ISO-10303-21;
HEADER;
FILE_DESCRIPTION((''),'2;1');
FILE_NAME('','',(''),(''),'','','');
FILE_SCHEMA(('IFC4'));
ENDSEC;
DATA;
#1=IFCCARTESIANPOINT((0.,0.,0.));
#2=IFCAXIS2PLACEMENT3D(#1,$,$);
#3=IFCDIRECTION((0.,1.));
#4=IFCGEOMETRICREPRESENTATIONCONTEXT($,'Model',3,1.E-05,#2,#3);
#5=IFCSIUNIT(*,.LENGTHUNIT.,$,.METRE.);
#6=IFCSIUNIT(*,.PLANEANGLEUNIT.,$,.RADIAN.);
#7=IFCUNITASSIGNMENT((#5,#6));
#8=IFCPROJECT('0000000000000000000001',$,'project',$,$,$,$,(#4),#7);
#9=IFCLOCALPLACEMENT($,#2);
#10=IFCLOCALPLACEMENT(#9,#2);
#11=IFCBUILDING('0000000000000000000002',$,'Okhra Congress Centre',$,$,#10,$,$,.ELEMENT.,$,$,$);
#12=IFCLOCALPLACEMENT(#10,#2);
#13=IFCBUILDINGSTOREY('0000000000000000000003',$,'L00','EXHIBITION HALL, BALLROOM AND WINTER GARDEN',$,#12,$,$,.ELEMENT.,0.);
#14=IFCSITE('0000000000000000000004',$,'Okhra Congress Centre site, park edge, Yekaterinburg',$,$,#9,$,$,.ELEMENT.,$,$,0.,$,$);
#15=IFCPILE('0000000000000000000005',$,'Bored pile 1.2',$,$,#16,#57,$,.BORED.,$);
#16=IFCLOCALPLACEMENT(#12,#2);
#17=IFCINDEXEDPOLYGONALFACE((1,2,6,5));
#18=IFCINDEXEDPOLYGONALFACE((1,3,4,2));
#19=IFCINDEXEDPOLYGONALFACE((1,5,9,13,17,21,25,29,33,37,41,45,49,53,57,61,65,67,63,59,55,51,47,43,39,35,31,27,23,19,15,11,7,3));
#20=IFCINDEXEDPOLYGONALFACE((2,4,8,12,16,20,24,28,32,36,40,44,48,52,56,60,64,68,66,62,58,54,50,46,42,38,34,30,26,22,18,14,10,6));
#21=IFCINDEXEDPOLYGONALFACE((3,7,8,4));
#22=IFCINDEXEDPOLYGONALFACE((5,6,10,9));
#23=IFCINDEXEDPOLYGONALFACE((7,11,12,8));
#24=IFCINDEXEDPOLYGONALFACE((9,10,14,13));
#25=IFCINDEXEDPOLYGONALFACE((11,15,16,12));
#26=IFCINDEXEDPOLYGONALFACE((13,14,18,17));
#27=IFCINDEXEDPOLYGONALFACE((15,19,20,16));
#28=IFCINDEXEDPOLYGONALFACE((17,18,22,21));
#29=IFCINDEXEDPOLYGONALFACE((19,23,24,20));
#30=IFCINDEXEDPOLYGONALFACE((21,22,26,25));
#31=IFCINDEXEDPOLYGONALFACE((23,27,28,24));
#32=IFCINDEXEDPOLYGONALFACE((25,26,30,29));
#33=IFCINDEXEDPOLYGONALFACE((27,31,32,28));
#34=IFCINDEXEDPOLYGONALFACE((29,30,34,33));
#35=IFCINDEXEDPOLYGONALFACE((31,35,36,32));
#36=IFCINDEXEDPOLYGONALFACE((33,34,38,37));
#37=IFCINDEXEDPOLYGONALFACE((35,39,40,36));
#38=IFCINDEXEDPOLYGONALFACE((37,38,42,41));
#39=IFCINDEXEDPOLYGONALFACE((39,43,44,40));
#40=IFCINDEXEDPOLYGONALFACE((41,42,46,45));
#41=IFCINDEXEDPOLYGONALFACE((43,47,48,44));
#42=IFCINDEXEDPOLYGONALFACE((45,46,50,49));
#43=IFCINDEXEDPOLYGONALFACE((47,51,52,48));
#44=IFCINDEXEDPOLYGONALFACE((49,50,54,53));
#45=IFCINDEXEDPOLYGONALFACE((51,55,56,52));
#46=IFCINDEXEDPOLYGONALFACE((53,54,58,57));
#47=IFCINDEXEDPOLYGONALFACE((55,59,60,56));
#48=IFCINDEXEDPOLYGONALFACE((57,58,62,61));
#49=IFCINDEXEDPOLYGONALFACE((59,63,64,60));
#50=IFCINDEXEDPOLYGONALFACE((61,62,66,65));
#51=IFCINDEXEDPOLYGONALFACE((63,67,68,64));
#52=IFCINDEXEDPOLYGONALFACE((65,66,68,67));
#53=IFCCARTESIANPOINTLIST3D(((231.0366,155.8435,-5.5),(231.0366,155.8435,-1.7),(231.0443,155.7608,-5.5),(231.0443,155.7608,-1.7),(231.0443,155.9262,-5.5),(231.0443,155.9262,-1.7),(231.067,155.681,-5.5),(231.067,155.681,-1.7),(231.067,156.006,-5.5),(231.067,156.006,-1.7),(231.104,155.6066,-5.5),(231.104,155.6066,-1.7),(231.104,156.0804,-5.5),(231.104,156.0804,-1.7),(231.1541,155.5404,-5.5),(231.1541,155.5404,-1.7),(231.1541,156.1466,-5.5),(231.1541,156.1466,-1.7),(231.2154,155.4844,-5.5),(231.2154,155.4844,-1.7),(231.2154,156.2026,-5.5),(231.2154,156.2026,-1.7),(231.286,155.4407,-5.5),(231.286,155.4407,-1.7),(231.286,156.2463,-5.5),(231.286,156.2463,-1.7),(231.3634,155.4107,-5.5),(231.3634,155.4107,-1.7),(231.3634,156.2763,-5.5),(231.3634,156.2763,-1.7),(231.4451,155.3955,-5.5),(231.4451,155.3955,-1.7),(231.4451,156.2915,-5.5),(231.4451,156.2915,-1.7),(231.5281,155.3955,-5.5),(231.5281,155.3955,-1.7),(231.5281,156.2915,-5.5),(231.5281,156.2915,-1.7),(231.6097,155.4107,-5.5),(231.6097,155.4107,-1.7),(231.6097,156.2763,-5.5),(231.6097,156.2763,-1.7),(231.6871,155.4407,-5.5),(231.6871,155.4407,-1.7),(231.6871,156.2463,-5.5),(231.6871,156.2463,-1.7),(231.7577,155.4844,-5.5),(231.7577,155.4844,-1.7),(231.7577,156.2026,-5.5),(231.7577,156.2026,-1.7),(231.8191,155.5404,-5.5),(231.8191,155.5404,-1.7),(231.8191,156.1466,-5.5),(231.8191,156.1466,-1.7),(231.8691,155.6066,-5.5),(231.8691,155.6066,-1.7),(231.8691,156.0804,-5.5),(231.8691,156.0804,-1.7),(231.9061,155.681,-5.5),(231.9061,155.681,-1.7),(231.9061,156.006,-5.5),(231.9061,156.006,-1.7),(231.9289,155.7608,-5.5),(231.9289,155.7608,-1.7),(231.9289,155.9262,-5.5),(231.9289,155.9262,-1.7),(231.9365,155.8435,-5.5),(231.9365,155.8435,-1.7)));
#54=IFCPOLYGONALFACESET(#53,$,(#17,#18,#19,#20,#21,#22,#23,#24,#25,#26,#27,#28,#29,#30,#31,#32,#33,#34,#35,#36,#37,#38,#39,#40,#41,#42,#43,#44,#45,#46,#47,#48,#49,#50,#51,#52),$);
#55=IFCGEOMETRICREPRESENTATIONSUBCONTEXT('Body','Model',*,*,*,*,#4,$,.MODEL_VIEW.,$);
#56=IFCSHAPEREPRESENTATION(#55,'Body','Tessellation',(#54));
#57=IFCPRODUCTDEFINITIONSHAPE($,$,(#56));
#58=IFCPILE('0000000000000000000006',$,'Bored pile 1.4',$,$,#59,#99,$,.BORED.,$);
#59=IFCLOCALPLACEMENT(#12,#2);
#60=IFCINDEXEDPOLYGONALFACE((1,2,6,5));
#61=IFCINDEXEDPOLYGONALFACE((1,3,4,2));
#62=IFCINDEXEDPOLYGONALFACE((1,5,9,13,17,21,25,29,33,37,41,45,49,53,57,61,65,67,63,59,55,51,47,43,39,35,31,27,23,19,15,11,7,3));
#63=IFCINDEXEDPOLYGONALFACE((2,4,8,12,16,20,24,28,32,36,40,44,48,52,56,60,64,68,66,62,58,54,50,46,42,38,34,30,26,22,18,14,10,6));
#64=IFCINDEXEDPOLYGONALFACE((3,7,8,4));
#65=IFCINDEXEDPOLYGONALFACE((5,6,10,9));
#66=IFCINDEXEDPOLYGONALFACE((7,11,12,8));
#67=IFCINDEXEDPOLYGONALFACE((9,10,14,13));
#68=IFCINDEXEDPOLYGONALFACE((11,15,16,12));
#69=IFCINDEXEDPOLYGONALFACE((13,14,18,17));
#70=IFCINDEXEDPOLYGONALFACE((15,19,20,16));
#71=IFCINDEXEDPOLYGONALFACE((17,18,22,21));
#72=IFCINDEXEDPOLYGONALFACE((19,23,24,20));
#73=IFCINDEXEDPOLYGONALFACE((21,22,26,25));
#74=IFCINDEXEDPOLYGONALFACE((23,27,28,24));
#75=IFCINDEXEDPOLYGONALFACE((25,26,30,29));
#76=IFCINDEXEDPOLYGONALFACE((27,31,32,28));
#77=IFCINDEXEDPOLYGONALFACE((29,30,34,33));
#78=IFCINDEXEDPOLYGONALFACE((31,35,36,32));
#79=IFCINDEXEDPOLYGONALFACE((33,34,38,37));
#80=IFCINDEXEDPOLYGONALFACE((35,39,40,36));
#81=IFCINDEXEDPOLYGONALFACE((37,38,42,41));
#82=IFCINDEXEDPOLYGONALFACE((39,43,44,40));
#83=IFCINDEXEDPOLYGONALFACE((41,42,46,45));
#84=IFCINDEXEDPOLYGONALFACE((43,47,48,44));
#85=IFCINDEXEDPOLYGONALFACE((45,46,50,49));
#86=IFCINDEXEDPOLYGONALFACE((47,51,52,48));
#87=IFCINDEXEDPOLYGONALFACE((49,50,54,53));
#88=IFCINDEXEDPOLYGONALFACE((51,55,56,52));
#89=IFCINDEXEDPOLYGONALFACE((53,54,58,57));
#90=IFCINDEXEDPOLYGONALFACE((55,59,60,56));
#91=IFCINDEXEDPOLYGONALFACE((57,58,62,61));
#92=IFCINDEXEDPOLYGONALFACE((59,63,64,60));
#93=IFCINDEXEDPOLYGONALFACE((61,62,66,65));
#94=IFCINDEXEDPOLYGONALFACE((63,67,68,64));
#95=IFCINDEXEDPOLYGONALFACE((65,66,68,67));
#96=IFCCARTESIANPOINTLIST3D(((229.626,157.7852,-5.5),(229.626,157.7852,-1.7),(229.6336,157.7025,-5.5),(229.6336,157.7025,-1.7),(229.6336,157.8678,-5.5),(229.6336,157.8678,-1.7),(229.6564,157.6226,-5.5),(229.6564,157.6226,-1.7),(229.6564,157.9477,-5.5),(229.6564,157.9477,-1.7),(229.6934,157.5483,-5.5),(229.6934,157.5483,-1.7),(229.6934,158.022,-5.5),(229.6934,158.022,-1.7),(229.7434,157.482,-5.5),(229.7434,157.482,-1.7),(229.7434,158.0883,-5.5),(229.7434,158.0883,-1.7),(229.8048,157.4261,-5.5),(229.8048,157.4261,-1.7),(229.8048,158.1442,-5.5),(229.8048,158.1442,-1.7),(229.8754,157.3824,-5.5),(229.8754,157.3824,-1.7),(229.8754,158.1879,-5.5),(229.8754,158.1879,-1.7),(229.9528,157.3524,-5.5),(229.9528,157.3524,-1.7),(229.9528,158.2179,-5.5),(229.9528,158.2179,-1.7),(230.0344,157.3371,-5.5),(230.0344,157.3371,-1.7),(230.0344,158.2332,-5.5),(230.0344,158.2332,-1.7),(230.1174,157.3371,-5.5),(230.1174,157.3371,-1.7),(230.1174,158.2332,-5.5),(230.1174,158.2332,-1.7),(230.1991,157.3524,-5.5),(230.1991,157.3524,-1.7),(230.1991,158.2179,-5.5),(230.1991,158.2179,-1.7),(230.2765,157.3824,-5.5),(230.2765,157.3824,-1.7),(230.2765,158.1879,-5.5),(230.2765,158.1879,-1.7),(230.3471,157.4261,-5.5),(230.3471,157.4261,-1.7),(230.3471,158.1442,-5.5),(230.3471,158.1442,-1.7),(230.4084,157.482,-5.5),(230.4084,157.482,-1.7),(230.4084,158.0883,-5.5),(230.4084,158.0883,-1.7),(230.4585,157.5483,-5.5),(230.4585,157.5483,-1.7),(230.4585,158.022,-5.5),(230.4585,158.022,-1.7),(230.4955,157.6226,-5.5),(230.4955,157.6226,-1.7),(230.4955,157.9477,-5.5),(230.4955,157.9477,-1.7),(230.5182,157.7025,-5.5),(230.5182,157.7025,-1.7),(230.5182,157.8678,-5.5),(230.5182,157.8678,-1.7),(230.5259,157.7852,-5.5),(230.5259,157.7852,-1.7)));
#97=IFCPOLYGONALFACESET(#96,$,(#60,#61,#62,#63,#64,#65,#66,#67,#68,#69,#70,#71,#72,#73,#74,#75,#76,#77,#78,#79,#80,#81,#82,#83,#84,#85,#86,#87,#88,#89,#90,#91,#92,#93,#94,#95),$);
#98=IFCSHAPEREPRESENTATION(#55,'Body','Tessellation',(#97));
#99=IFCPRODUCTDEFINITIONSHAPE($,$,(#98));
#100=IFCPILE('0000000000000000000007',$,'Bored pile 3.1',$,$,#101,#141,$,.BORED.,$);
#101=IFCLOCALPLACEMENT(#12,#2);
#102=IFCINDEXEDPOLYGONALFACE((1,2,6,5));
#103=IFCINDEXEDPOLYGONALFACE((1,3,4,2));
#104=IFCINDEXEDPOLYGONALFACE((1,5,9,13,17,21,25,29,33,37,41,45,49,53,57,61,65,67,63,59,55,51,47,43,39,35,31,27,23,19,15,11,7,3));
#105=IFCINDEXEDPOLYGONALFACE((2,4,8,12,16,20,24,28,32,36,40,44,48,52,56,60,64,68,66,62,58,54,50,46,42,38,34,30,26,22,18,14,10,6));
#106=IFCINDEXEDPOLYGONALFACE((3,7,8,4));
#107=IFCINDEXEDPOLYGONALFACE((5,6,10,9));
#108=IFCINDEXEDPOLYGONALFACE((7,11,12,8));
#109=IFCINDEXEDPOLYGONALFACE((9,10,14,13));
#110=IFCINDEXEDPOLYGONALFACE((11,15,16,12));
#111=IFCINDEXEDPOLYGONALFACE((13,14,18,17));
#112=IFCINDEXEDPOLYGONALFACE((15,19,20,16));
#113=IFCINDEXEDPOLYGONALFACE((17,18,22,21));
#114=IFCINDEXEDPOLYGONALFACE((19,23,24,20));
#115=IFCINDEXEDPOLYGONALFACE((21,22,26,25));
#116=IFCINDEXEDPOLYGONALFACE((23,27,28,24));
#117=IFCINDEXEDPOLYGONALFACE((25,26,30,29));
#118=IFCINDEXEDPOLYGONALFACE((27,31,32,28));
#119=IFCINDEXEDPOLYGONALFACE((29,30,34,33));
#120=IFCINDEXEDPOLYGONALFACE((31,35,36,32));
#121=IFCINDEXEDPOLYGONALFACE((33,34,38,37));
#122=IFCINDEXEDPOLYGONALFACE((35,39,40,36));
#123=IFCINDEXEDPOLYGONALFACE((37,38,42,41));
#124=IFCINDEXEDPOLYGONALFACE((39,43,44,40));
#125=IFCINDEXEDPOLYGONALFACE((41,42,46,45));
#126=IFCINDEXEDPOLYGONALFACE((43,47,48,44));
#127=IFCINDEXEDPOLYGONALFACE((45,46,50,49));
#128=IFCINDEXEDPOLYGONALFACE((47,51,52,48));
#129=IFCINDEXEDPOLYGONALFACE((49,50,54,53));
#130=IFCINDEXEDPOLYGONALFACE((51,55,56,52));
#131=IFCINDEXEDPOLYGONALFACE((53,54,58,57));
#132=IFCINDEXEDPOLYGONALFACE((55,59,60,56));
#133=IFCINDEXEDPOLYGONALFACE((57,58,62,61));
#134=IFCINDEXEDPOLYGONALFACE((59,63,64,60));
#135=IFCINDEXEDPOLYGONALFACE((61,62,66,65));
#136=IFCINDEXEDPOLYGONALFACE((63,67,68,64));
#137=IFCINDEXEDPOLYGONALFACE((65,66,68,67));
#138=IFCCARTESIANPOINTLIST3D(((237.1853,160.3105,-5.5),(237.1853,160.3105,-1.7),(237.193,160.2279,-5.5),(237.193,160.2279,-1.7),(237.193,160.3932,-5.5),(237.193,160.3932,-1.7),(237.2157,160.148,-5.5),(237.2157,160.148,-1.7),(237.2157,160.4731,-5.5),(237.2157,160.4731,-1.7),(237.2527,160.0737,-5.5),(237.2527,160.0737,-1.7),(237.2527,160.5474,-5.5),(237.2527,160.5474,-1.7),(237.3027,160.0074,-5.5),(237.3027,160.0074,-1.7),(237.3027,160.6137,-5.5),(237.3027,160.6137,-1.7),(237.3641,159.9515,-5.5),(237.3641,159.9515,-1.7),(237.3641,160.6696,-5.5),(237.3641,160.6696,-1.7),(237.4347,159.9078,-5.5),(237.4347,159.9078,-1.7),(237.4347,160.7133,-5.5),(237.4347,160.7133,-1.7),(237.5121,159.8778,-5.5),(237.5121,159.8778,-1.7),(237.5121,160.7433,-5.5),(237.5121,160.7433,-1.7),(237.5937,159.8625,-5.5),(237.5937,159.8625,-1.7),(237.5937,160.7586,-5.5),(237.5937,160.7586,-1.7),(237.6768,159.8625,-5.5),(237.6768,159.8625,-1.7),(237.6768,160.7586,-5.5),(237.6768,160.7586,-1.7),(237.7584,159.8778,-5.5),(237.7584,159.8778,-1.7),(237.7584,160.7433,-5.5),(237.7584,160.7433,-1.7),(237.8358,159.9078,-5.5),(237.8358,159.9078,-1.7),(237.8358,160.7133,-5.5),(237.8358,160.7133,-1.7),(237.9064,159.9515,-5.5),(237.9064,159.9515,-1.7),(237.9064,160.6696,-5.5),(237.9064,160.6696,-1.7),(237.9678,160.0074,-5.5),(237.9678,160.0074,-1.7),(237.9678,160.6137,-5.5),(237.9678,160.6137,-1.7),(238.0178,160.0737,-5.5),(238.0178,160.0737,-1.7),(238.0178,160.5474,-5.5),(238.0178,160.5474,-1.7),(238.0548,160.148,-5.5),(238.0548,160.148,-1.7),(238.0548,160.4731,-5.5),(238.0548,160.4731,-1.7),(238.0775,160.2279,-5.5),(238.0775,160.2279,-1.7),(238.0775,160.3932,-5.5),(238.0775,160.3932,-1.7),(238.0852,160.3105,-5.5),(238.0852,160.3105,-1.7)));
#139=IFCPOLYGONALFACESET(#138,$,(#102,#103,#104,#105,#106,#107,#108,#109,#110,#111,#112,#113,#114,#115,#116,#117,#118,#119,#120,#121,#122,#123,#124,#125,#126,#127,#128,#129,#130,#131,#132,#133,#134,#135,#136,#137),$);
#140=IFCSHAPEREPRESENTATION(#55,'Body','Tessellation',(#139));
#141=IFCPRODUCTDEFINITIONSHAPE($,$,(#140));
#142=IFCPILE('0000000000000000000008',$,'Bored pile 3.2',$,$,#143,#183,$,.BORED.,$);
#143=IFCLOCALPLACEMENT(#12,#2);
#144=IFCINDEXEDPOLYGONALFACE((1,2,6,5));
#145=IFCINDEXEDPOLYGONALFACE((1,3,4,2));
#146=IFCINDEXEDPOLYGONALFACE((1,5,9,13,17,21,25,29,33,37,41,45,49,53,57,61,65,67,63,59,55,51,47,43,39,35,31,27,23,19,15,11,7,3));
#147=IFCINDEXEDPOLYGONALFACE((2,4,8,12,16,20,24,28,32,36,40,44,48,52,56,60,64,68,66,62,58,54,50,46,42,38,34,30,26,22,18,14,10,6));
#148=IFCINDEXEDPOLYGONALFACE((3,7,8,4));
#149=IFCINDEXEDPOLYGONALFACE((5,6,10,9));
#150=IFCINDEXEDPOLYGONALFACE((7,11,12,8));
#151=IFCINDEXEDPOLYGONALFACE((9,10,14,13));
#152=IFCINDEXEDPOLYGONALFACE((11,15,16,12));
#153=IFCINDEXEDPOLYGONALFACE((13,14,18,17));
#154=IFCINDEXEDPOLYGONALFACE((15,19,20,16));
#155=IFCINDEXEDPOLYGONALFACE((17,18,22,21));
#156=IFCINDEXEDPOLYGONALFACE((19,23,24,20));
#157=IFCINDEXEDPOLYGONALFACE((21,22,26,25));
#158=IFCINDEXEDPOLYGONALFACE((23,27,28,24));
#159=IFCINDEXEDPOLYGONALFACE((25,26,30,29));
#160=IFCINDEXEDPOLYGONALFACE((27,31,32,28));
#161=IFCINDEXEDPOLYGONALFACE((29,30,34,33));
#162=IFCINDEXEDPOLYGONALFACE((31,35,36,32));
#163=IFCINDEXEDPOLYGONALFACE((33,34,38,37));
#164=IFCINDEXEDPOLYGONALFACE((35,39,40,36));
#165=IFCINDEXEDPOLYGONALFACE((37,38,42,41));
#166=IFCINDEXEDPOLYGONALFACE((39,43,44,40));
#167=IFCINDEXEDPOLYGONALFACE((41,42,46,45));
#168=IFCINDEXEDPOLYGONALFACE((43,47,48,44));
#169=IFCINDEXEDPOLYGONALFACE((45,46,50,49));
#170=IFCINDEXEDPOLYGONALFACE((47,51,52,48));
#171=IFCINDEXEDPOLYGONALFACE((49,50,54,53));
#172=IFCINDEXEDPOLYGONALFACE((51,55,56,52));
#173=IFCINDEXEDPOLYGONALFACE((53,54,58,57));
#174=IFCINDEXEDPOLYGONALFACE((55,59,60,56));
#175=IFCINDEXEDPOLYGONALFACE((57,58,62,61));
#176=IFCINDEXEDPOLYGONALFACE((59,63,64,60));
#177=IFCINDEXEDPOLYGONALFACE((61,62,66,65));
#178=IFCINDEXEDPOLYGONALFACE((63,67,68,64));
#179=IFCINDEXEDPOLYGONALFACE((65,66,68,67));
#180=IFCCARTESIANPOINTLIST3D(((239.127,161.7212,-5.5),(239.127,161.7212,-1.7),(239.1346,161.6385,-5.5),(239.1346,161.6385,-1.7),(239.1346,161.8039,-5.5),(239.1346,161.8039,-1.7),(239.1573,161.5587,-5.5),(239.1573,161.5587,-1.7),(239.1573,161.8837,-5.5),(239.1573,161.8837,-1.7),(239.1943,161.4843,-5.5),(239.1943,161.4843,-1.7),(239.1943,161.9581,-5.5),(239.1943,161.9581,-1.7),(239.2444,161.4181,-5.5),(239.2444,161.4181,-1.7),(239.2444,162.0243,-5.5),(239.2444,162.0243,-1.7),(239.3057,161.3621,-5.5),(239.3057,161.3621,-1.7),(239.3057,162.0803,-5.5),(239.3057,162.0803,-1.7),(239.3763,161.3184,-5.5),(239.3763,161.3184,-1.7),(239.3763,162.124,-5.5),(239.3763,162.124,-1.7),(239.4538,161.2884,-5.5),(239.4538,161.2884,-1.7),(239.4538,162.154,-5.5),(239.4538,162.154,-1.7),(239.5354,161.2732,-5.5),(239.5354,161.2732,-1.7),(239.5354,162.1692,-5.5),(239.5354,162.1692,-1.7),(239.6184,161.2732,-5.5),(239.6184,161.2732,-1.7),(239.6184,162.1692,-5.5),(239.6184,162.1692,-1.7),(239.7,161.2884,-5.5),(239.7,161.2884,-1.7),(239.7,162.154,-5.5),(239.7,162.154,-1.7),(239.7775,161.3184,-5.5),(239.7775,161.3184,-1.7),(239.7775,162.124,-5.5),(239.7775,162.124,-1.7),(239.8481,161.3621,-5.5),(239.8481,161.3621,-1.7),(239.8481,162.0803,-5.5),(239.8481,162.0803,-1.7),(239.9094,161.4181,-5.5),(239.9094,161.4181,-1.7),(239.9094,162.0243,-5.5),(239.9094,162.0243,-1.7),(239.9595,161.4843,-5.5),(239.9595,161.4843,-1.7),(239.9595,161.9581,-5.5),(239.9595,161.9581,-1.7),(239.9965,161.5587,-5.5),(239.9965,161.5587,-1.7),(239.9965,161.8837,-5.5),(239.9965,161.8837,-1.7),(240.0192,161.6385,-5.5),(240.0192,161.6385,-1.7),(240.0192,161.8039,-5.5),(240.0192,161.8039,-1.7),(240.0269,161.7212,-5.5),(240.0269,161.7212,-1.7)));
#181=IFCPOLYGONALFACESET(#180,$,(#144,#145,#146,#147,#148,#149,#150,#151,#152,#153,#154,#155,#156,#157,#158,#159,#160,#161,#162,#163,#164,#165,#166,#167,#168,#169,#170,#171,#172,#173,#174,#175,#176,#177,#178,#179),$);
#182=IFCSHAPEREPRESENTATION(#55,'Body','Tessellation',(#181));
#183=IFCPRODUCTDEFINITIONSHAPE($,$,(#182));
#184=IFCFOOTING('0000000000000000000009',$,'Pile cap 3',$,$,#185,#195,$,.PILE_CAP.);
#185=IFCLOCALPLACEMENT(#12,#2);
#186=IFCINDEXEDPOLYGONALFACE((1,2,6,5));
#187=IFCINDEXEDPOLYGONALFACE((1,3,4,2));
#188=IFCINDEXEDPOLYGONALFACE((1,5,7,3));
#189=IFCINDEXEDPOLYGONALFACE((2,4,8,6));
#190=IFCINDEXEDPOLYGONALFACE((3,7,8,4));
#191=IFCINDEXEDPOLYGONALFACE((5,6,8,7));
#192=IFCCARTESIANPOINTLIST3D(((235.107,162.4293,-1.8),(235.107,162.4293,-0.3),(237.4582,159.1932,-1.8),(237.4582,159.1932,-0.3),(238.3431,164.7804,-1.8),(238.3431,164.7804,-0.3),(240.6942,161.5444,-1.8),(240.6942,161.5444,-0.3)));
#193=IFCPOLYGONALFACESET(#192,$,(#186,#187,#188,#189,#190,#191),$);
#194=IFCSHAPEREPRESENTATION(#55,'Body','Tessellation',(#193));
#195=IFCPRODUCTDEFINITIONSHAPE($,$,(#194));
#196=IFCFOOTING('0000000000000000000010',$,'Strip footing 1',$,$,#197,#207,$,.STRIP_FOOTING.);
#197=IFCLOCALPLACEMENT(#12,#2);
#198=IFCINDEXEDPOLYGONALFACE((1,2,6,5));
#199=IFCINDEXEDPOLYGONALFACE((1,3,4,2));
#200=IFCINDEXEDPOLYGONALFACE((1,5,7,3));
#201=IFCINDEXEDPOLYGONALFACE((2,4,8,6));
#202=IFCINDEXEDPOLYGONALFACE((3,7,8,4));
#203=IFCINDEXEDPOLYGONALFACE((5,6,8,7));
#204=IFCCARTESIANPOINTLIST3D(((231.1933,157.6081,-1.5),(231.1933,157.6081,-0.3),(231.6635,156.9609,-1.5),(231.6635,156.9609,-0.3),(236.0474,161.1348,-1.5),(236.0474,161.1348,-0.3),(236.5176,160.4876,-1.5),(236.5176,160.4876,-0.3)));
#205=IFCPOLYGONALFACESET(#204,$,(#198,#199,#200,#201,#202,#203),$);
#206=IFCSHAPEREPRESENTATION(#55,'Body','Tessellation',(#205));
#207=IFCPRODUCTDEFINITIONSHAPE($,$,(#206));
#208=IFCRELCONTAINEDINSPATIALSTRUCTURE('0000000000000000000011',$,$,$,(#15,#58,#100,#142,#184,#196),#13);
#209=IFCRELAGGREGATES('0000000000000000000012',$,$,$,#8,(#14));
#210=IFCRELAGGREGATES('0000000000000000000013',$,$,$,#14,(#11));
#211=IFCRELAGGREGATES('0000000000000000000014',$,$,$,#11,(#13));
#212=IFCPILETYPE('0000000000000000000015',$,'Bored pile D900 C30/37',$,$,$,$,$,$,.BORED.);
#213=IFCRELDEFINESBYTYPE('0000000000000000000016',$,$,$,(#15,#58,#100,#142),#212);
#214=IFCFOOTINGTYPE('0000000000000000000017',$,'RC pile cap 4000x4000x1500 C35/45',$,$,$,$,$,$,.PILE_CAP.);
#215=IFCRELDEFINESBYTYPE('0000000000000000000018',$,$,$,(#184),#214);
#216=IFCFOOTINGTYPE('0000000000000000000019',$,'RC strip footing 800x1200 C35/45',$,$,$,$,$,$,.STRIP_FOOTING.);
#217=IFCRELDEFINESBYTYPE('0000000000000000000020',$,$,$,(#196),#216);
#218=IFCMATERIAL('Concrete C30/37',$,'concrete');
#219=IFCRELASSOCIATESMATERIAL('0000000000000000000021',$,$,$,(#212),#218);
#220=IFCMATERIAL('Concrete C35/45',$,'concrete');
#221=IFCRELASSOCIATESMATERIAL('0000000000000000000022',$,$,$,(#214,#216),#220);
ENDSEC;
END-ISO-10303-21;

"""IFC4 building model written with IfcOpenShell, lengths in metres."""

from ifc_helpers import new_model, si_unit, direction, frame, origin, origin_2d, place, context, subcontext, project, spatial, rectangle, circle, extrude, material, material_profile, profile_set, type_object, element, save


model = new_model("IFC4")

# Units and contexts
model_context = context("Model", 3, precision=1e-05, world=origin(), true_north=direction((0.0, 1.0)))
body_context = subcontext(model_context, "Body", "Model", "MODEL_VIEW")
ifc_project = project(units=[si_unit("LENGTHUNIT", "METRE"), si_unit("PLANEANGLEUNIT", "RADIAN")], contexts=[model_context])

# Site, building, storey
site_placement = place(None, origin())
site = spatial("IfcSite", under=ifc_project, at=site_placement, Name="Okhra Congress Centre site, park edge, Yekaterinburg", CompositionType="ELEMENT", RefElevation=0.0)
building_placement = place(site_placement, origin())
building = spatial("IfcBuilding", under=site, at=building_placement, Name="Okhra Congress Centre", CompositionType="ELEMENT")
storey_placement = place(building_placement, origin())
storey = spatial("IfcBuildingStorey", under=building, at=storey_placement, Name="L00", Description="EXHIBITION HALL, BALLROOM AND WINTER GARDEN", CompositionType="ELEMENT", Elevation=0.0)

# Piles
ifc_material_1 = material(Name="Concrete C30/37", Category="concrete")
ifc_material_profile = material_profile(ifc_material_1, circle(Radius=0.45, at=origin_2d()), Name="D900")
ifc_profile_set = profile_set([ifc_material_profile], Name="Concrete C30/37")
pile_type = type_object("IfcPileType", Name="Bored pile D900 C30/37", PredefinedType="BORED", material=ifc_profile_set)
for number, where, z_axis, x_axis, name in (
    (1, (231.4866, 155.8435, -1.7), (0.0, 0.0, -1.0), (1.0, 0.0, 0.0), "Bored pile 1.2"),
    (2, (230.0759, 157.7852, -1.7), (0.0, 0.0, -1.0), (1.0, 0.0, 0.0), "Bored pile 1.4"),
    (3, (237.6353, 160.3105, -1.7), (0.0, 0.0, -1.0), (1.0, 0.0, 0.0), "Bored pile 3.1"),
    (4, (239.5769, 161.7212, -1.7), (0.0, 0.0, -1.0), (1.0, 0.0, 0.0), "Bored pile 3.2"),
):
    element("IfcPile", number, at=place(storey_placement, frame(where, z_axis=z_axis, x_axis=x_axis)), inside=storey, type_object=pile_type, Name=name, PredefinedType="BORED", context=body_context, shape_type="SweptSolid", body=[
        extrude(circle(Radius=0.45, at=origin_2d()), origin(), (0.0, 0.0, 1.0), 3.8),
    ])

# Footings
ifc_material_2 = material(Name="Concrete C35/45", Category="concrete")
footing_type_1 = type_object("IfcFootingType", Name="RC pile cap 4000x4000x1500 C35/45", PredefinedType="PILE_CAP", material=ifc_material_2)
footing_1_placement = place(storey_placement, frame((237.9006, 161.9868, -1.8), z_axis=(0.0, 0.0, 1.0), x_axis=(0.809017, 0.587785, 0.0)))
element("IfcFooting", 5, at=footing_1_placement, inside=storey, type_object=footing_type_1, Name="Pile cap 3", PredefinedType="PILE_CAP", context=body_context, shape_type="SweptSolid", body=[
    extrude(rectangle(XDim=4.0, YDim=4.0, at=origin_2d()), origin(), (0.0, 0.0, 1.0), 1.5),
])
footing_type_2 = type_object("IfcFootingType", Name="RC strip footing 800x1200 C35/45", PredefinedType="STRIP_FOOTING", material=ifc_material_2)
footing_2_placement = place(storey_placement, frame((233.8555, 159.0479, -1.5), z_axis=(0.0, 0.0, 1.0), x_axis=(0.809017, 0.587785, 0.0)))
element("IfcFooting", 6, at=footing_2_placement, inside=storey, type_object=footing_type_2, Name="Strip footing 1", PredefinedType="STRIP_FOOTING", context=body_context, shape_type="SweptSolid", body=[
    extrude(rectangle(XDim=6.0, YDim=0.8, at=origin_2d()), origin(), (0.0, 0.0, 1.0), 1.2),
])

save(model, "model.ifc")
